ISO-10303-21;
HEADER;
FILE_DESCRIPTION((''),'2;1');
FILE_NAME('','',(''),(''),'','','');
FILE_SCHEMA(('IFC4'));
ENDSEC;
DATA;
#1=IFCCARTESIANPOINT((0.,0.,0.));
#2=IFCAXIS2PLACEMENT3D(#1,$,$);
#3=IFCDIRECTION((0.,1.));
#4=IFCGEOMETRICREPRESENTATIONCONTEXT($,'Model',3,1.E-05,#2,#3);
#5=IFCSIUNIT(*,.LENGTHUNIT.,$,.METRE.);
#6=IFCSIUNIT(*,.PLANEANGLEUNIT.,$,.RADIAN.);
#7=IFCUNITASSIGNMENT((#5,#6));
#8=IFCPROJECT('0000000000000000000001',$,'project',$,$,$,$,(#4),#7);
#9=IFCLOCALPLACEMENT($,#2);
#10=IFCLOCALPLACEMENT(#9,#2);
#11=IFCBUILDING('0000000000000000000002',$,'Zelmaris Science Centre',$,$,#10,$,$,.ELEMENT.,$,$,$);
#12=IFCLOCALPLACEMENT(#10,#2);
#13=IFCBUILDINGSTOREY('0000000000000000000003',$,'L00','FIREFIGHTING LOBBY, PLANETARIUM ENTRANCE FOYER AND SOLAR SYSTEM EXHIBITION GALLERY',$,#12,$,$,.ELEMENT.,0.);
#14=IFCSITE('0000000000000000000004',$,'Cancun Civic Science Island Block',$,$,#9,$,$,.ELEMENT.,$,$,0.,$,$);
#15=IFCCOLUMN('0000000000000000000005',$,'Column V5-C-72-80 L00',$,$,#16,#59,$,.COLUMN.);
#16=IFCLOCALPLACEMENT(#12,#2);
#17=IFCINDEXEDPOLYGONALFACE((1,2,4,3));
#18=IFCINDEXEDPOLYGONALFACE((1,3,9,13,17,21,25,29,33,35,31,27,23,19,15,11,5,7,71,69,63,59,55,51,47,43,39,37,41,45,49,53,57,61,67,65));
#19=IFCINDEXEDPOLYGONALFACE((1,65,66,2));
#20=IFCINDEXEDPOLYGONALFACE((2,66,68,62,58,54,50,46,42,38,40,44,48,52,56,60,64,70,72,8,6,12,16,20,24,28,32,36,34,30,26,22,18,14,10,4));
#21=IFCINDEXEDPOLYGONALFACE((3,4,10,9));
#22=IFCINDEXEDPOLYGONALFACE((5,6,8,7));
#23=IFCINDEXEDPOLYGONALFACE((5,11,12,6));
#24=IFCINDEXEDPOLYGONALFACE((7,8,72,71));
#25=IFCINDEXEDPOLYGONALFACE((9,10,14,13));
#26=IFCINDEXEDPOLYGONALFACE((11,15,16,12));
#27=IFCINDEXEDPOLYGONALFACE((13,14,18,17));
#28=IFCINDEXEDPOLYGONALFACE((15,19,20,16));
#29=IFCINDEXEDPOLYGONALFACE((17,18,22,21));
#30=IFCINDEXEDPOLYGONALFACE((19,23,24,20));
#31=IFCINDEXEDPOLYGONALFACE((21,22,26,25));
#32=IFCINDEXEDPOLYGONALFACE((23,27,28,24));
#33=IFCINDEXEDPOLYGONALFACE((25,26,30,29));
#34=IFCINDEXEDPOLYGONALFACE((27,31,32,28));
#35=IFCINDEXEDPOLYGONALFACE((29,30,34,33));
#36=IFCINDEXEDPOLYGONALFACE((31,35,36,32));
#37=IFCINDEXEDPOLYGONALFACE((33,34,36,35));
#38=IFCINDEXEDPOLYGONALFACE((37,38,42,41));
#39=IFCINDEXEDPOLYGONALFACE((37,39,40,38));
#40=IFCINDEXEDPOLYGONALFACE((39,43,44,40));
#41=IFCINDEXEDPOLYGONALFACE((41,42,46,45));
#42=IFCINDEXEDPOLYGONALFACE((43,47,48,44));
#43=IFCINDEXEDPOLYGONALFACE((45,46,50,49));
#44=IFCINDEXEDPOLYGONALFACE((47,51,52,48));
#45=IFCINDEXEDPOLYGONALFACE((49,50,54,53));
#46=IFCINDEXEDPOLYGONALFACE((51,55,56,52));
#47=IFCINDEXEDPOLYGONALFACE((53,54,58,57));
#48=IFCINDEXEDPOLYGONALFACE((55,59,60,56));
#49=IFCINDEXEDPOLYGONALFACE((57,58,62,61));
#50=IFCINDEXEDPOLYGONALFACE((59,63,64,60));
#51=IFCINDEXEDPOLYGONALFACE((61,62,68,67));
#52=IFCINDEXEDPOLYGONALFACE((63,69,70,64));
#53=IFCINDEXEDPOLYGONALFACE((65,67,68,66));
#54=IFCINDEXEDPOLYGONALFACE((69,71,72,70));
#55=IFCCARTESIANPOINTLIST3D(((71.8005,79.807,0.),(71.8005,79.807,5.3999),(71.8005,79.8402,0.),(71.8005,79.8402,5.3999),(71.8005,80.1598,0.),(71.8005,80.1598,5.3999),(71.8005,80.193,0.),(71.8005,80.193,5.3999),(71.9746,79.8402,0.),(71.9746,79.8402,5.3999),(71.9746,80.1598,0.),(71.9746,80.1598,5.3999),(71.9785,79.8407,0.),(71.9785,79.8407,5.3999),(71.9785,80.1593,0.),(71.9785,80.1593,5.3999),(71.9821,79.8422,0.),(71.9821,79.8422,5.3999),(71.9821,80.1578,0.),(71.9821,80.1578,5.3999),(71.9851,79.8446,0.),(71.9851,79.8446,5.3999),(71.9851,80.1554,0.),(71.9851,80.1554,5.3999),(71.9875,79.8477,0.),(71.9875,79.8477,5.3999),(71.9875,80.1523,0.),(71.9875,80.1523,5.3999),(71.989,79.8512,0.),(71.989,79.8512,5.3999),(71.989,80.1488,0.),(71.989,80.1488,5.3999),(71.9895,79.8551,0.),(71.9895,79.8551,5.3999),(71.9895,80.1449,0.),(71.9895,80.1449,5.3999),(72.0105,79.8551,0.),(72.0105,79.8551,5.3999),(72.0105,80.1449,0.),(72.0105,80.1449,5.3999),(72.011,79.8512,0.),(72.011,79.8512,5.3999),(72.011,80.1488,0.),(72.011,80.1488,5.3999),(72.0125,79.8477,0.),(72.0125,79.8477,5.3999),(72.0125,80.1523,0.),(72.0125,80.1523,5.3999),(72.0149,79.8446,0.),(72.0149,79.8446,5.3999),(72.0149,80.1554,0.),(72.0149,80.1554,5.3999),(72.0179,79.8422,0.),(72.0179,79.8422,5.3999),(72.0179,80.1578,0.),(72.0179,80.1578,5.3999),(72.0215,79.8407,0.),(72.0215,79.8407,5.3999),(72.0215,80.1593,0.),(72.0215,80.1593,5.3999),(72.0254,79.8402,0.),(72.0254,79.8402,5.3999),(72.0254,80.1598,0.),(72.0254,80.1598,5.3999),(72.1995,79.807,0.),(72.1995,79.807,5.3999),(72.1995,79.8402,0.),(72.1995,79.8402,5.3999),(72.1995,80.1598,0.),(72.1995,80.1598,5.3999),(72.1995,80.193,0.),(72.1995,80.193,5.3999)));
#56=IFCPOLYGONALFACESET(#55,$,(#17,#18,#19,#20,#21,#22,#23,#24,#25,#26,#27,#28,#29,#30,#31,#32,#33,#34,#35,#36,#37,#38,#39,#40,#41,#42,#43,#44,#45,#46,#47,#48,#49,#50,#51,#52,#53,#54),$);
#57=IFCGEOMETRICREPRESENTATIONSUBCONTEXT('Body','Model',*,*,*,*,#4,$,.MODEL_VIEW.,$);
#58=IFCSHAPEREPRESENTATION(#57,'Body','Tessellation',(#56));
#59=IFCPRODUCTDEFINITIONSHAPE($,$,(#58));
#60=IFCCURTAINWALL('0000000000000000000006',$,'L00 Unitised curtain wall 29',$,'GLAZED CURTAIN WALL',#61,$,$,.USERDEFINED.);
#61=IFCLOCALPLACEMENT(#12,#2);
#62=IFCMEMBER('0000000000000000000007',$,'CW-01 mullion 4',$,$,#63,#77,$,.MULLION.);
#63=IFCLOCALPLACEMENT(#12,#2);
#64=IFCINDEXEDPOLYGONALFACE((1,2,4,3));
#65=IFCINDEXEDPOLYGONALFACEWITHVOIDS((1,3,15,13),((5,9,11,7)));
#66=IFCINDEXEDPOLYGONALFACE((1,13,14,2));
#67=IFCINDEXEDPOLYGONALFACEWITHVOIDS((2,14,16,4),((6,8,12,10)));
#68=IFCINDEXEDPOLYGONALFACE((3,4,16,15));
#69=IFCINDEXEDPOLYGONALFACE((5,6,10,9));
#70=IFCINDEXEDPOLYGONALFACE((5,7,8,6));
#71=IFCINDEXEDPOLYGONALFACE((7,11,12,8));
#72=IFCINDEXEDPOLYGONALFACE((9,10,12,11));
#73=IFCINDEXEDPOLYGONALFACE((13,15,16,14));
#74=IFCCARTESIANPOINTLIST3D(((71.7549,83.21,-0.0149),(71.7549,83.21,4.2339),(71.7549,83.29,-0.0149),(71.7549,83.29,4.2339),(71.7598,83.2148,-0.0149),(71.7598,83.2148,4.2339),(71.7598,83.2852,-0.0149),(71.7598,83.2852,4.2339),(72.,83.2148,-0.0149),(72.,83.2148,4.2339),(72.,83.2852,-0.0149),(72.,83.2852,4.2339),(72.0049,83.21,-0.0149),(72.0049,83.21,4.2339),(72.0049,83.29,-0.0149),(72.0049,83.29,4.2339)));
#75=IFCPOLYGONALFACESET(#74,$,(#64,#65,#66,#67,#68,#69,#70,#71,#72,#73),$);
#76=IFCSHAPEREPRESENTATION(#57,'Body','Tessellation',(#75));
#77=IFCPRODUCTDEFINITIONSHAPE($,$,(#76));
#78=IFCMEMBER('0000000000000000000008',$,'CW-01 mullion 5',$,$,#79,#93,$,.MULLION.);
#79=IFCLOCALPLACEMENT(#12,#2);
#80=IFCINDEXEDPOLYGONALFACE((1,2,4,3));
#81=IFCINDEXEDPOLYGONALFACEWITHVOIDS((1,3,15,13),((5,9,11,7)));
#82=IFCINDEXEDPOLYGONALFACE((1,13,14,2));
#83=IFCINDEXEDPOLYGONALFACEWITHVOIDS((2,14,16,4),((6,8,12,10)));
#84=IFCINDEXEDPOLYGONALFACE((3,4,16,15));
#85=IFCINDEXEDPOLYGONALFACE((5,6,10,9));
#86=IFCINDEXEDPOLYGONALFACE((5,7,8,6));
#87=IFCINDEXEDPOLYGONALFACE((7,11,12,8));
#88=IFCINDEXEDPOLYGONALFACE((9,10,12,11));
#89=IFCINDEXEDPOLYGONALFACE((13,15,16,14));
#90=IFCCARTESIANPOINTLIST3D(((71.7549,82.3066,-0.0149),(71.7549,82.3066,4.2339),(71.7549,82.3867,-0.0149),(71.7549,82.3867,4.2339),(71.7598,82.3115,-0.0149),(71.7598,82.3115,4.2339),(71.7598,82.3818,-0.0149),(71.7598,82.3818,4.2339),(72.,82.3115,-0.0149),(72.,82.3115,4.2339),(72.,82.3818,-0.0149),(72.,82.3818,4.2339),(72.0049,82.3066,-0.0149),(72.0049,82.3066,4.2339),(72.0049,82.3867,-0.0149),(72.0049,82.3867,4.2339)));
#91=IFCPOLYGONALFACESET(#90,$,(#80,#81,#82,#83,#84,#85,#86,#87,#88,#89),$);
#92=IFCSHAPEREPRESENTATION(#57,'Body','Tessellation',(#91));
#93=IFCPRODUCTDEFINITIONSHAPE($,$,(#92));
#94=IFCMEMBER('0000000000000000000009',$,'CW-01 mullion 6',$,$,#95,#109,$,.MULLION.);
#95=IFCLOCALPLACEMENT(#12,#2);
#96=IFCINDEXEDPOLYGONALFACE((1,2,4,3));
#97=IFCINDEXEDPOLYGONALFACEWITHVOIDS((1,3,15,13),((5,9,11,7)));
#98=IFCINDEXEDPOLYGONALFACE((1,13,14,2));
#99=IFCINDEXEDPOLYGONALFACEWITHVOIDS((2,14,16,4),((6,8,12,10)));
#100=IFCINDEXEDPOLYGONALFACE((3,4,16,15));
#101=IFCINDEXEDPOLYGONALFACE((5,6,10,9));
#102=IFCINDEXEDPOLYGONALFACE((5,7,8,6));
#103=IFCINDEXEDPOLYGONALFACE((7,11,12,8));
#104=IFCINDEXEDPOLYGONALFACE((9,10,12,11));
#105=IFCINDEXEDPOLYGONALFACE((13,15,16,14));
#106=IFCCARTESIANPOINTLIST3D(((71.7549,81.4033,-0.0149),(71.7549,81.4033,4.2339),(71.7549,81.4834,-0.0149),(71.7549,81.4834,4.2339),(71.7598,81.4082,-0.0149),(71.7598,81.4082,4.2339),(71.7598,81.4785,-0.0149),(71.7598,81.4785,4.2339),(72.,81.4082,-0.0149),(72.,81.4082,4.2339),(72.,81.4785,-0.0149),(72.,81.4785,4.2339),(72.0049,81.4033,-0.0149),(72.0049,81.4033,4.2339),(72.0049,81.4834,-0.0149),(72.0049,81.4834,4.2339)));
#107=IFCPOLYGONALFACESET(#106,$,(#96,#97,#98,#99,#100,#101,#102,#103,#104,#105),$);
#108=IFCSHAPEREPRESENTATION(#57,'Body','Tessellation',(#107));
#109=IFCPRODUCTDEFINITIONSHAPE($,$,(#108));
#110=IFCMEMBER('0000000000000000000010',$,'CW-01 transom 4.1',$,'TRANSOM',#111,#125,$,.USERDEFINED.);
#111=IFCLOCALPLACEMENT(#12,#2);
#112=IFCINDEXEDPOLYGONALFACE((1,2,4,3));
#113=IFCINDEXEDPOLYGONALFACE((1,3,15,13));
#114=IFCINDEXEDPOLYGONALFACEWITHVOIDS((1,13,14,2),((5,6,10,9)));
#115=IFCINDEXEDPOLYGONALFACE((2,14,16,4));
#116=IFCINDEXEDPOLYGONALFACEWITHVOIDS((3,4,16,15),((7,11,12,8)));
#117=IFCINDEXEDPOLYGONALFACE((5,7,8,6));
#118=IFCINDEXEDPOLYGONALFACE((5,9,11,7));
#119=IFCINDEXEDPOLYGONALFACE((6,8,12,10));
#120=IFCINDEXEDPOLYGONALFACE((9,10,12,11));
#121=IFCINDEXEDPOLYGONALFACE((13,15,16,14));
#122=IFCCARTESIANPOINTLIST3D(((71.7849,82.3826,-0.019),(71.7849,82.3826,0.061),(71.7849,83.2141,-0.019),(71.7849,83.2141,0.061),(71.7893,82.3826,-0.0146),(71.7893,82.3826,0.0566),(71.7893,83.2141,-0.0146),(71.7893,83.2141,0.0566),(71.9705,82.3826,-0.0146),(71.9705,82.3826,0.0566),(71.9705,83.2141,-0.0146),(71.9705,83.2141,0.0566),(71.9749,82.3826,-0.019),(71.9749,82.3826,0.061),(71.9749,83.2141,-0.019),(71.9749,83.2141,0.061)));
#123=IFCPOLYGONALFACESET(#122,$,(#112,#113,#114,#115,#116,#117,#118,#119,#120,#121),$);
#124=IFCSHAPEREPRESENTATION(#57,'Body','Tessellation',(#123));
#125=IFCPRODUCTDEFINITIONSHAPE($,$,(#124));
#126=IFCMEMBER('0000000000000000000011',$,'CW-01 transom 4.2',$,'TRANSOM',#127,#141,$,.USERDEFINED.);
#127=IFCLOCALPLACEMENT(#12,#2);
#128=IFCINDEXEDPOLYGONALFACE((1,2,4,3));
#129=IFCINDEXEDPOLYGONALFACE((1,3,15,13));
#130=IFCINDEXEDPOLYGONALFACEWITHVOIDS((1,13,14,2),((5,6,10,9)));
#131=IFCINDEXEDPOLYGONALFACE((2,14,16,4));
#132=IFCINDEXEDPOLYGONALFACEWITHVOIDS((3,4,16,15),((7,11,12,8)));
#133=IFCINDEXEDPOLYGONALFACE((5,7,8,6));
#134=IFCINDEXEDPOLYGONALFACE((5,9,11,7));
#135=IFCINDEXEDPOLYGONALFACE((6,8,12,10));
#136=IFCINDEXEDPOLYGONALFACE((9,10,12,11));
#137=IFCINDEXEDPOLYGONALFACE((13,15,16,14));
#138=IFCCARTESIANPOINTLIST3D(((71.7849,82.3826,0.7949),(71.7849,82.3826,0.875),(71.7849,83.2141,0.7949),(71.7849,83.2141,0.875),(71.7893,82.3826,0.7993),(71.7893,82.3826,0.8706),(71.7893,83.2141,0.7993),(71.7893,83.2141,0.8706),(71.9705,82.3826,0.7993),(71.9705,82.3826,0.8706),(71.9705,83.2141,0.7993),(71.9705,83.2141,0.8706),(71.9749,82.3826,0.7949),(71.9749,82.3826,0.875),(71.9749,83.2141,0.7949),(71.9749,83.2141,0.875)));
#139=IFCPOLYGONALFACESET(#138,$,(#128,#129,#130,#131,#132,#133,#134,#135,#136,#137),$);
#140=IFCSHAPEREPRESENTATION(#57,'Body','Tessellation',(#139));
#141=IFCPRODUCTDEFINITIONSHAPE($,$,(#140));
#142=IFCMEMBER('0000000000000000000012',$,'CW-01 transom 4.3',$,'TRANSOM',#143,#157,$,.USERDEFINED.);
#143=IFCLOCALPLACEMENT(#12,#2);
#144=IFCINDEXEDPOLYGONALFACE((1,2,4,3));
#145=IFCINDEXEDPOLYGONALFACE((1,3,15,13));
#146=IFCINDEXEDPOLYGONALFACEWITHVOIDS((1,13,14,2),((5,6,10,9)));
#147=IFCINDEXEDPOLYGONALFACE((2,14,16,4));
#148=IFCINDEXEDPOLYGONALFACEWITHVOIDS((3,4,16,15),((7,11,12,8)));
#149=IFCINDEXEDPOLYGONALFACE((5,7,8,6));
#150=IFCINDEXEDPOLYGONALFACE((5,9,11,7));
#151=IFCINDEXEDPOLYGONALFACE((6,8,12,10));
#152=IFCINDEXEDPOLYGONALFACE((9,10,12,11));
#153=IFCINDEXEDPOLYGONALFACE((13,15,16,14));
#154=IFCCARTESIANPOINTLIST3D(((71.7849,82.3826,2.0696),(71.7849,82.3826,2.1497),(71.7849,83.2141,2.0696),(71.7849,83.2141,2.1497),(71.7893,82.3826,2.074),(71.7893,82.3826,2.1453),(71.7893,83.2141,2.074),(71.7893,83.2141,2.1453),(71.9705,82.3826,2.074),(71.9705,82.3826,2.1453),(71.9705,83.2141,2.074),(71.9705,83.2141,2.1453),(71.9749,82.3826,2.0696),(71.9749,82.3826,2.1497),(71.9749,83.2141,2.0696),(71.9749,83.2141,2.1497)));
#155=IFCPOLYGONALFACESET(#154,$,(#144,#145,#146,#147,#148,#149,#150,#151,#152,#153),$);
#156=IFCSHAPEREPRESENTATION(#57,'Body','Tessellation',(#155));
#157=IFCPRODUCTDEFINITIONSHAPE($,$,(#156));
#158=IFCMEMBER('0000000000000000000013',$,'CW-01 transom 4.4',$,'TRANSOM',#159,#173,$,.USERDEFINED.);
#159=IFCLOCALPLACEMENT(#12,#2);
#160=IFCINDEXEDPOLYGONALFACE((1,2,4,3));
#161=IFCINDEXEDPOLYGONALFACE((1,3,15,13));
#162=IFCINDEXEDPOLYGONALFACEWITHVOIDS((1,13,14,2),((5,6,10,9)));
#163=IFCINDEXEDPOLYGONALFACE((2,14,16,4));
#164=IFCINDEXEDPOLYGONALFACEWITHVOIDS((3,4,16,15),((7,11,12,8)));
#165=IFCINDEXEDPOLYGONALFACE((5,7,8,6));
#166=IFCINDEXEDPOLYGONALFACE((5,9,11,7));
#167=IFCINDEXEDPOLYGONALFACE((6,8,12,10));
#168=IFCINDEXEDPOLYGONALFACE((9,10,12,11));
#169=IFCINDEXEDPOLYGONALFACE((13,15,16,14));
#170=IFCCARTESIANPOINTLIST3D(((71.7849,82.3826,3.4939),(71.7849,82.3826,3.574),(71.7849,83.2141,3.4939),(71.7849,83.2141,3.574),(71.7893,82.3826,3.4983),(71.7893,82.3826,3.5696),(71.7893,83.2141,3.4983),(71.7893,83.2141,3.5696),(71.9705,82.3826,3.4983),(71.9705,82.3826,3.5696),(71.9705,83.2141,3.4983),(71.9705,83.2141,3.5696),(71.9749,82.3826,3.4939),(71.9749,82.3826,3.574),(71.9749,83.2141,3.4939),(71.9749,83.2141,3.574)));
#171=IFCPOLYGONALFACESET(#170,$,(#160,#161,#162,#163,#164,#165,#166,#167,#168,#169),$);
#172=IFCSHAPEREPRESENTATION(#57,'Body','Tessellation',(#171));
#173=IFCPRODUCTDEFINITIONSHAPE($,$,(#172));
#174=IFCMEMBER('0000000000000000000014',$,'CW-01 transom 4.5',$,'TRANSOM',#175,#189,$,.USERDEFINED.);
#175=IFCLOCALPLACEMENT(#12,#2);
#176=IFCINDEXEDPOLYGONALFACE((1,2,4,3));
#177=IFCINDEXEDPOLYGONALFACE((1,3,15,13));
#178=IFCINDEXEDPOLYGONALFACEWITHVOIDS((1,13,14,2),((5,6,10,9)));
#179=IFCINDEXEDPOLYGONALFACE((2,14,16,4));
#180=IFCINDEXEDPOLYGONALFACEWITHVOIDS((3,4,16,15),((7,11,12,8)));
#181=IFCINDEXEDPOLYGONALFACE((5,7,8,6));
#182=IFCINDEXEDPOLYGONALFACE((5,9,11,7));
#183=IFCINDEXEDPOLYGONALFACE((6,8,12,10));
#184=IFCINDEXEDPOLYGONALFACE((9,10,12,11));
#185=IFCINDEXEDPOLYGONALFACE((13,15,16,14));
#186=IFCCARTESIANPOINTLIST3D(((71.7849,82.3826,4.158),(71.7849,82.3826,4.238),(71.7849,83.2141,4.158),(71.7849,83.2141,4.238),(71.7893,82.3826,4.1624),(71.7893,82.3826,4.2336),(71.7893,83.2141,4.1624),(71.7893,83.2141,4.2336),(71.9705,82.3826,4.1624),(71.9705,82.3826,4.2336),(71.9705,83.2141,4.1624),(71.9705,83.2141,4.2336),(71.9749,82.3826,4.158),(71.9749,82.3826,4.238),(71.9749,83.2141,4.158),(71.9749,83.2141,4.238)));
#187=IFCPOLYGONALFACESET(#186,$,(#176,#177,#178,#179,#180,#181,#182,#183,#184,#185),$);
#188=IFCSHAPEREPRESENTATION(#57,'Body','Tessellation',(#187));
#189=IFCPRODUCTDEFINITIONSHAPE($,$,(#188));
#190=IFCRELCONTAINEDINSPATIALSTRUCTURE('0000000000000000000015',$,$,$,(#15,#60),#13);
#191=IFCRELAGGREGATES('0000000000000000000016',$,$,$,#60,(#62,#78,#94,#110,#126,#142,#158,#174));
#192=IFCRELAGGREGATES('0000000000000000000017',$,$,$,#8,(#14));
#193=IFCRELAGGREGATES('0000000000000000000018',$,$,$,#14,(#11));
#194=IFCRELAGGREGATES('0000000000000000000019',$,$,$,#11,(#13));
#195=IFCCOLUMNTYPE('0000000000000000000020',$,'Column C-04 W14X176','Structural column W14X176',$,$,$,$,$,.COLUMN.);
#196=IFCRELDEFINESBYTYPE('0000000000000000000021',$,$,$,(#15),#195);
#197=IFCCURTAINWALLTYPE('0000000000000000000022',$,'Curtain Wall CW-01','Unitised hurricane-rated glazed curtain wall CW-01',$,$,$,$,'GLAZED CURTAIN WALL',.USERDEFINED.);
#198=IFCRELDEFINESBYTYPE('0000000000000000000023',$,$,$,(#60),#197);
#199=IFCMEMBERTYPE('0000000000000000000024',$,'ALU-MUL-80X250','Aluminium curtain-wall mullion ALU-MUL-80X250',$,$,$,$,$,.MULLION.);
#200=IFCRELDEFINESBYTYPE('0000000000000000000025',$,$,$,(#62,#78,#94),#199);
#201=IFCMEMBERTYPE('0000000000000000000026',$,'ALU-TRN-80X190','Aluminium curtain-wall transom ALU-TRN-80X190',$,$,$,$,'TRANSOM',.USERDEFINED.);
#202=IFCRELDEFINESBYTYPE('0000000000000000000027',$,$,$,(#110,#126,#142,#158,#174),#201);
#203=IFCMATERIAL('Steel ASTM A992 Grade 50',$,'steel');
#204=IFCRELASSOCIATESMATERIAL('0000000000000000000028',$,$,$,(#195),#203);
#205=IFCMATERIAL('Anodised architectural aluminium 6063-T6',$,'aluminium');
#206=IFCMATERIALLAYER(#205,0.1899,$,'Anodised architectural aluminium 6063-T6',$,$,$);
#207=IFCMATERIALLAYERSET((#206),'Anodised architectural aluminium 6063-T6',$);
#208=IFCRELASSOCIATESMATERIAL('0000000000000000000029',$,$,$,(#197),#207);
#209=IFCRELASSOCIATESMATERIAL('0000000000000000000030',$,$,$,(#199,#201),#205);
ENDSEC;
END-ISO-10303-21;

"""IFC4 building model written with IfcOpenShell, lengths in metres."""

from ifc_helpers import new_model, si_unit, direction, frame, origin, origin_2d, place, context, subcontext, project, spatial, hollow_rectangle, i_section, extrude, material, layer, layer_set, material_profile, profile_set, type_object, element, aggregate, save


model = new_model("IFC4")

# Units and contexts
model_context = context("Model", 3, precision=1e-05, world=origin(), true_north=direction((0.0, 1.0)))
body_context = subcontext(model_context, "Body", "Model", "MODEL_VIEW")
ifc_project = project(units=[si_unit("LENGTHUNIT", "METRE"), si_unit("PLANEANGLEUNIT", "RADIAN")], contexts=[model_context])

# Site, building, storey
site_placement = place(None, origin())
site = spatial("IfcSite", under=ifc_project, at=site_placement, Name="Cancun Civic Science Island Block", CompositionType="ELEMENT", RefElevation=0.0)
building_placement = place(site_placement, origin())
building = spatial("IfcBuilding", under=site, at=building_placement, Name="Zelmaris Science Centre", CompositionType="ELEMENT")
storey_placement = place(building_placement, origin())
storey = spatial("IfcBuildingStorey", under=building, at=storey_placement, Name="L00", Description="FIREFIGHTING LOBBY, PLANETARIUM ENTRANCE FOYER AND SOLAR SYSTEM EXHIBITION GALLERY", CompositionType="ELEMENT", Elevation=0.0)

# Column
ifc_material_1 = material(Name="Steel ASTM A992 Grade 50", Category="steel")
ifc_material_profile_1 = material_profile(ifc_material_1, i_section(OverallWidth=0.3989, OverallDepth=0.386, WebThickness=0.021, FlangeThickness=0.0332, FilletRadius=0.0149, at=origin_2d()), Name="W14X176")
ifc_profile_set_1 = profile_set([ifc_material_profile_1], Name="Steel ASTM A992 Grade 50")
column_type = type_object("IfcColumnType", Name="Column C-04 W14X176", Description="Structural column W14X176", PredefinedType="COLUMN", material=ifc_profile_set_1)
column_placement = place(storey_placement, frame((72.0, 80.0, 0.0), z_axis=(0.0, 0.0, 1.0), x_axis=(1.0, 0.0, 0.0)))
element("IfcColumn", 1, at=column_placement, inside=storey, type_object=column_type, Name="Column V5-C-72-80 L00", PredefinedType="COLUMN", context=body_context, shape_type="SweptSolid", body=[
    extrude(i_section(OverallWidth=0.3989, OverallDepth=0.386, WebThickness=0.021, FlangeThickness=0.0332, FilletRadius=0.0149, at=origin_2d()), origin(), (0.0, 0.0, 1.0), 5.3999),
])

# Curtain wall, members
ifc_material_2 = material(Name="Anodised architectural aluminium 6063-T6", Category="aluminium")
ifc_layer_1 = layer(ifc_material_2, 0.1899, Name="Anodised architectural aluminium 6063-T6")
ifc_layer_set_1 = layer_set([ifc_layer_1], Name="Anodised architectural aluminium 6063-T6")
curtain_wall_type = type_object("IfcCurtainWallType", Name="Curtain Wall CW-01", Description="Unitised hurricane-rated glazed curtain wall CW-01", ElementType="GLAZED CURTAIN WALL", PredefinedType="USERDEFINED", material=ifc_layer_set_1)
curtain_wall_placement = place(storey_placement, origin())
curtain_wall = element("IfcCurtainWall", 2, at=curtain_wall_placement, inside=storey, type_object=curtain_wall_type, Name="L00 Unitised curtain wall 29", ObjectType="GLAZED CURTAIN WALL", PredefinedType="USERDEFINED")
ifc_material_profile_2 = material_profile(ifc_material_2, hollow_rectangle(XDim=0.0801, YDim=0.25, WallThickness=0.0049, at=origin_2d()), Name="ALU-MUL-80X250")
ifc_profile_set_2 = profile_set([ifc_material_profile_2], Name="Anodised architectural aluminium 6063-T6")
member_type_1 = type_object("IfcMemberType", Name="ALU-MUL-80X250", Description="Aluminium curtain-wall mullion ALU-MUL-80X250", PredefinedType="MULLION", material=ifc_profile_set_2)
member_1_placement = place(storey_placement, frame((71.8799, 83.25, -0.0149), z_axis=(0.0, 0.0, 1.0), x_axis=(0.0, -1.0, 0.0)))
member_1 = element("IfcMember", 3, at=member_1_placement, type_object=member_type_1, Name="CW-01 mullion 4", PredefinedType="MULLION", context=body_context, shape_type="SweptSolid", body=[
    extrude(hollow_rectangle(XDim=0.0801, YDim=0.25, WallThickness=0.0049, at=origin_2d()), origin(), (0.0, 0.0, 1.0), 4.2488),
])
member_2_placement = place(storey_placement, frame((71.8799, 82.3467, -0.0149), z_axis=(0.0, 0.0, 1.0), x_axis=(0.0, -1.0, 0.0)))
member_2 = element("IfcMember", 4, at=member_2_placement, type_object=member_type_1, Name="CW-01 mullion 5", PredefinedType="MULLION", context=body_context, shape_type="SweptSolid", body=[
    extrude(hollow_rectangle(XDim=0.0801, YDim=0.25, WallThickness=0.0049, at=origin_2d()), origin(), (0.0, 0.0, 1.0), 4.2488),
])
member_3_placement = place(storey_placement, frame((71.8799, 81.4434, -0.0149), z_axis=(0.0, 0.0, 1.0), x_axis=(0.0, -1.0, 0.0)))
member_3 = element("IfcMember", 5, at=member_3_placement, type_object=member_type_1, Name="CW-01 mullion 6", PredefinedType="MULLION", context=body_context, shape_type="SweptSolid", body=[
    extrude(hollow_rectangle(XDim=0.0801, YDim=0.25, WallThickness=0.0049, at=origin_2d()), origin(), (0.0, 0.0, 1.0), 4.2488),
])
ifc_material_profile_3 = material_profile(ifc_material_2, hollow_rectangle(XDim=0.0801, YDim=0.1899, WallThickness=0.0044, at=origin_2d()), Name="ALU-TRN-80X190")
ifc_profile_set_3 = profile_set([ifc_material_profile_3], Name="Anodised architectural aluminium 6063-T6")
member_type_2 = type_object("IfcMemberType", Name="ALU-TRN-80X190", Description="Aluminium curtain-wall transom ALU-TRN-80X190", ElementType="TRANSOM", PredefinedType="USERDEFINED", material=ifc_profile_set_3)
member_4_placement = place(storey_placement, frame((71.8799, 83.2141, 0.021), z_axis=(0.0, -1.0, 0.0), x_axis=(0.0, 0.0, 1.0)))
member_4 = element("IfcMember", 6, at=member_4_placement, type_object=member_type_2, Name="CW-01 transom 4.1", ObjectType="TRANSOM", PredefinedType="USERDEFINED", context=body_context, shape_type="SweptSolid", body=[
    extrude(hollow_rectangle(XDim=0.0801, YDim=0.1899, WallThickness=0.0044, at=origin_2d()), origin(), (0.0, 0.0, 1.0), 0.8315),
])
member_5_placement = place(storey_placement, frame((71.8799, 83.2141, 0.835), z_axis=(0.0, -1.0, 0.0), x_axis=(0.0, 0.0, 1.0)))
member_5 = element("IfcMember", 7, at=member_5_placement, type_object=member_type_2, Name="CW-01 transom 4.2", ObjectType="TRANSOM", PredefinedType="USERDEFINED", context=body_context, shape_type="SweptSolid", body=[
    extrude(hollow_rectangle(XDim=0.0801, YDim=0.1899, WallThickness=0.0044, at=origin_2d()), origin(), (0.0, 0.0, 1.0), 0.8315),
])
member_6_placement = place(storey_placement, frame((71.8799, 83.2141, 2.1096), z_axis=(0.0, -1.0, 0.0), x_axis=(0.0, 0.0, 1.0)))
member_6 = element("IfcMember", 8, at=member_6_placement, type_object=member_type_2, Name="CW-01 transom 4.3", ObjectType="TRANSOM", PredefinedType="USERDEFINED", context=body_context, shape_type="SweptSolid", body=[
    extrude(hollow_rectangle(XDim=0.0801, YDim=0.1899, WallThickness=0.0044, at=origin_2d()), origin(), (0.0, 0.0, 1.0), 0.8315),
])
member_7_placement = place(storey_placement, frame((71.8799, 83.2141, 3.5339), z_axis=(0.0, -1.0, 0.0), x_axis=(0.0, 0.0, 1.0)))
member_7 = element("IfcMember", 9, at=member_7_placement, type_object=member_type_2, Name="CW-01 transom 4.4", ObjectType="TRANSOM", PredefinedType="USERDEFINED", context=body_context, shape_type="SweptSolid", body=[
    extrude(hollow_rectangle(XDim=0.0801, YDim=0.1899, WallThickness=0.0044, at=origin_2d()), origin(), (0.0, 0.0, 1.0), 0.8315),
])
member_8_placement = place(storey_placement, frame((71.8799, 83.2141, 4.198), z_axis=(0.0, -1.0, 0.0), x_axis=(0.0, 0.0, 1.0)))
member_8 = element("IfcMember", 10, at=member_8_placement, type_object=member_type_2, Name="CW-01 transom 4.5", ObjectType="TRANSOM", PredefinedType="USERDEFINED", context=body_context, shape_type="SweptSolid", body=[
    extrude(hollow_rectangle(XDim=0.0801, YDim=0.1899, WallThickness=0.0044, at=origin_2d()), origin(), (0.0, 0.0, 1.0), 0.8315),
])

aggregate(curtain_wall, [member_1, member_2, member_3, member_4, member_5, member_6, member_7, member_8])

save(model, "model.ifc")
